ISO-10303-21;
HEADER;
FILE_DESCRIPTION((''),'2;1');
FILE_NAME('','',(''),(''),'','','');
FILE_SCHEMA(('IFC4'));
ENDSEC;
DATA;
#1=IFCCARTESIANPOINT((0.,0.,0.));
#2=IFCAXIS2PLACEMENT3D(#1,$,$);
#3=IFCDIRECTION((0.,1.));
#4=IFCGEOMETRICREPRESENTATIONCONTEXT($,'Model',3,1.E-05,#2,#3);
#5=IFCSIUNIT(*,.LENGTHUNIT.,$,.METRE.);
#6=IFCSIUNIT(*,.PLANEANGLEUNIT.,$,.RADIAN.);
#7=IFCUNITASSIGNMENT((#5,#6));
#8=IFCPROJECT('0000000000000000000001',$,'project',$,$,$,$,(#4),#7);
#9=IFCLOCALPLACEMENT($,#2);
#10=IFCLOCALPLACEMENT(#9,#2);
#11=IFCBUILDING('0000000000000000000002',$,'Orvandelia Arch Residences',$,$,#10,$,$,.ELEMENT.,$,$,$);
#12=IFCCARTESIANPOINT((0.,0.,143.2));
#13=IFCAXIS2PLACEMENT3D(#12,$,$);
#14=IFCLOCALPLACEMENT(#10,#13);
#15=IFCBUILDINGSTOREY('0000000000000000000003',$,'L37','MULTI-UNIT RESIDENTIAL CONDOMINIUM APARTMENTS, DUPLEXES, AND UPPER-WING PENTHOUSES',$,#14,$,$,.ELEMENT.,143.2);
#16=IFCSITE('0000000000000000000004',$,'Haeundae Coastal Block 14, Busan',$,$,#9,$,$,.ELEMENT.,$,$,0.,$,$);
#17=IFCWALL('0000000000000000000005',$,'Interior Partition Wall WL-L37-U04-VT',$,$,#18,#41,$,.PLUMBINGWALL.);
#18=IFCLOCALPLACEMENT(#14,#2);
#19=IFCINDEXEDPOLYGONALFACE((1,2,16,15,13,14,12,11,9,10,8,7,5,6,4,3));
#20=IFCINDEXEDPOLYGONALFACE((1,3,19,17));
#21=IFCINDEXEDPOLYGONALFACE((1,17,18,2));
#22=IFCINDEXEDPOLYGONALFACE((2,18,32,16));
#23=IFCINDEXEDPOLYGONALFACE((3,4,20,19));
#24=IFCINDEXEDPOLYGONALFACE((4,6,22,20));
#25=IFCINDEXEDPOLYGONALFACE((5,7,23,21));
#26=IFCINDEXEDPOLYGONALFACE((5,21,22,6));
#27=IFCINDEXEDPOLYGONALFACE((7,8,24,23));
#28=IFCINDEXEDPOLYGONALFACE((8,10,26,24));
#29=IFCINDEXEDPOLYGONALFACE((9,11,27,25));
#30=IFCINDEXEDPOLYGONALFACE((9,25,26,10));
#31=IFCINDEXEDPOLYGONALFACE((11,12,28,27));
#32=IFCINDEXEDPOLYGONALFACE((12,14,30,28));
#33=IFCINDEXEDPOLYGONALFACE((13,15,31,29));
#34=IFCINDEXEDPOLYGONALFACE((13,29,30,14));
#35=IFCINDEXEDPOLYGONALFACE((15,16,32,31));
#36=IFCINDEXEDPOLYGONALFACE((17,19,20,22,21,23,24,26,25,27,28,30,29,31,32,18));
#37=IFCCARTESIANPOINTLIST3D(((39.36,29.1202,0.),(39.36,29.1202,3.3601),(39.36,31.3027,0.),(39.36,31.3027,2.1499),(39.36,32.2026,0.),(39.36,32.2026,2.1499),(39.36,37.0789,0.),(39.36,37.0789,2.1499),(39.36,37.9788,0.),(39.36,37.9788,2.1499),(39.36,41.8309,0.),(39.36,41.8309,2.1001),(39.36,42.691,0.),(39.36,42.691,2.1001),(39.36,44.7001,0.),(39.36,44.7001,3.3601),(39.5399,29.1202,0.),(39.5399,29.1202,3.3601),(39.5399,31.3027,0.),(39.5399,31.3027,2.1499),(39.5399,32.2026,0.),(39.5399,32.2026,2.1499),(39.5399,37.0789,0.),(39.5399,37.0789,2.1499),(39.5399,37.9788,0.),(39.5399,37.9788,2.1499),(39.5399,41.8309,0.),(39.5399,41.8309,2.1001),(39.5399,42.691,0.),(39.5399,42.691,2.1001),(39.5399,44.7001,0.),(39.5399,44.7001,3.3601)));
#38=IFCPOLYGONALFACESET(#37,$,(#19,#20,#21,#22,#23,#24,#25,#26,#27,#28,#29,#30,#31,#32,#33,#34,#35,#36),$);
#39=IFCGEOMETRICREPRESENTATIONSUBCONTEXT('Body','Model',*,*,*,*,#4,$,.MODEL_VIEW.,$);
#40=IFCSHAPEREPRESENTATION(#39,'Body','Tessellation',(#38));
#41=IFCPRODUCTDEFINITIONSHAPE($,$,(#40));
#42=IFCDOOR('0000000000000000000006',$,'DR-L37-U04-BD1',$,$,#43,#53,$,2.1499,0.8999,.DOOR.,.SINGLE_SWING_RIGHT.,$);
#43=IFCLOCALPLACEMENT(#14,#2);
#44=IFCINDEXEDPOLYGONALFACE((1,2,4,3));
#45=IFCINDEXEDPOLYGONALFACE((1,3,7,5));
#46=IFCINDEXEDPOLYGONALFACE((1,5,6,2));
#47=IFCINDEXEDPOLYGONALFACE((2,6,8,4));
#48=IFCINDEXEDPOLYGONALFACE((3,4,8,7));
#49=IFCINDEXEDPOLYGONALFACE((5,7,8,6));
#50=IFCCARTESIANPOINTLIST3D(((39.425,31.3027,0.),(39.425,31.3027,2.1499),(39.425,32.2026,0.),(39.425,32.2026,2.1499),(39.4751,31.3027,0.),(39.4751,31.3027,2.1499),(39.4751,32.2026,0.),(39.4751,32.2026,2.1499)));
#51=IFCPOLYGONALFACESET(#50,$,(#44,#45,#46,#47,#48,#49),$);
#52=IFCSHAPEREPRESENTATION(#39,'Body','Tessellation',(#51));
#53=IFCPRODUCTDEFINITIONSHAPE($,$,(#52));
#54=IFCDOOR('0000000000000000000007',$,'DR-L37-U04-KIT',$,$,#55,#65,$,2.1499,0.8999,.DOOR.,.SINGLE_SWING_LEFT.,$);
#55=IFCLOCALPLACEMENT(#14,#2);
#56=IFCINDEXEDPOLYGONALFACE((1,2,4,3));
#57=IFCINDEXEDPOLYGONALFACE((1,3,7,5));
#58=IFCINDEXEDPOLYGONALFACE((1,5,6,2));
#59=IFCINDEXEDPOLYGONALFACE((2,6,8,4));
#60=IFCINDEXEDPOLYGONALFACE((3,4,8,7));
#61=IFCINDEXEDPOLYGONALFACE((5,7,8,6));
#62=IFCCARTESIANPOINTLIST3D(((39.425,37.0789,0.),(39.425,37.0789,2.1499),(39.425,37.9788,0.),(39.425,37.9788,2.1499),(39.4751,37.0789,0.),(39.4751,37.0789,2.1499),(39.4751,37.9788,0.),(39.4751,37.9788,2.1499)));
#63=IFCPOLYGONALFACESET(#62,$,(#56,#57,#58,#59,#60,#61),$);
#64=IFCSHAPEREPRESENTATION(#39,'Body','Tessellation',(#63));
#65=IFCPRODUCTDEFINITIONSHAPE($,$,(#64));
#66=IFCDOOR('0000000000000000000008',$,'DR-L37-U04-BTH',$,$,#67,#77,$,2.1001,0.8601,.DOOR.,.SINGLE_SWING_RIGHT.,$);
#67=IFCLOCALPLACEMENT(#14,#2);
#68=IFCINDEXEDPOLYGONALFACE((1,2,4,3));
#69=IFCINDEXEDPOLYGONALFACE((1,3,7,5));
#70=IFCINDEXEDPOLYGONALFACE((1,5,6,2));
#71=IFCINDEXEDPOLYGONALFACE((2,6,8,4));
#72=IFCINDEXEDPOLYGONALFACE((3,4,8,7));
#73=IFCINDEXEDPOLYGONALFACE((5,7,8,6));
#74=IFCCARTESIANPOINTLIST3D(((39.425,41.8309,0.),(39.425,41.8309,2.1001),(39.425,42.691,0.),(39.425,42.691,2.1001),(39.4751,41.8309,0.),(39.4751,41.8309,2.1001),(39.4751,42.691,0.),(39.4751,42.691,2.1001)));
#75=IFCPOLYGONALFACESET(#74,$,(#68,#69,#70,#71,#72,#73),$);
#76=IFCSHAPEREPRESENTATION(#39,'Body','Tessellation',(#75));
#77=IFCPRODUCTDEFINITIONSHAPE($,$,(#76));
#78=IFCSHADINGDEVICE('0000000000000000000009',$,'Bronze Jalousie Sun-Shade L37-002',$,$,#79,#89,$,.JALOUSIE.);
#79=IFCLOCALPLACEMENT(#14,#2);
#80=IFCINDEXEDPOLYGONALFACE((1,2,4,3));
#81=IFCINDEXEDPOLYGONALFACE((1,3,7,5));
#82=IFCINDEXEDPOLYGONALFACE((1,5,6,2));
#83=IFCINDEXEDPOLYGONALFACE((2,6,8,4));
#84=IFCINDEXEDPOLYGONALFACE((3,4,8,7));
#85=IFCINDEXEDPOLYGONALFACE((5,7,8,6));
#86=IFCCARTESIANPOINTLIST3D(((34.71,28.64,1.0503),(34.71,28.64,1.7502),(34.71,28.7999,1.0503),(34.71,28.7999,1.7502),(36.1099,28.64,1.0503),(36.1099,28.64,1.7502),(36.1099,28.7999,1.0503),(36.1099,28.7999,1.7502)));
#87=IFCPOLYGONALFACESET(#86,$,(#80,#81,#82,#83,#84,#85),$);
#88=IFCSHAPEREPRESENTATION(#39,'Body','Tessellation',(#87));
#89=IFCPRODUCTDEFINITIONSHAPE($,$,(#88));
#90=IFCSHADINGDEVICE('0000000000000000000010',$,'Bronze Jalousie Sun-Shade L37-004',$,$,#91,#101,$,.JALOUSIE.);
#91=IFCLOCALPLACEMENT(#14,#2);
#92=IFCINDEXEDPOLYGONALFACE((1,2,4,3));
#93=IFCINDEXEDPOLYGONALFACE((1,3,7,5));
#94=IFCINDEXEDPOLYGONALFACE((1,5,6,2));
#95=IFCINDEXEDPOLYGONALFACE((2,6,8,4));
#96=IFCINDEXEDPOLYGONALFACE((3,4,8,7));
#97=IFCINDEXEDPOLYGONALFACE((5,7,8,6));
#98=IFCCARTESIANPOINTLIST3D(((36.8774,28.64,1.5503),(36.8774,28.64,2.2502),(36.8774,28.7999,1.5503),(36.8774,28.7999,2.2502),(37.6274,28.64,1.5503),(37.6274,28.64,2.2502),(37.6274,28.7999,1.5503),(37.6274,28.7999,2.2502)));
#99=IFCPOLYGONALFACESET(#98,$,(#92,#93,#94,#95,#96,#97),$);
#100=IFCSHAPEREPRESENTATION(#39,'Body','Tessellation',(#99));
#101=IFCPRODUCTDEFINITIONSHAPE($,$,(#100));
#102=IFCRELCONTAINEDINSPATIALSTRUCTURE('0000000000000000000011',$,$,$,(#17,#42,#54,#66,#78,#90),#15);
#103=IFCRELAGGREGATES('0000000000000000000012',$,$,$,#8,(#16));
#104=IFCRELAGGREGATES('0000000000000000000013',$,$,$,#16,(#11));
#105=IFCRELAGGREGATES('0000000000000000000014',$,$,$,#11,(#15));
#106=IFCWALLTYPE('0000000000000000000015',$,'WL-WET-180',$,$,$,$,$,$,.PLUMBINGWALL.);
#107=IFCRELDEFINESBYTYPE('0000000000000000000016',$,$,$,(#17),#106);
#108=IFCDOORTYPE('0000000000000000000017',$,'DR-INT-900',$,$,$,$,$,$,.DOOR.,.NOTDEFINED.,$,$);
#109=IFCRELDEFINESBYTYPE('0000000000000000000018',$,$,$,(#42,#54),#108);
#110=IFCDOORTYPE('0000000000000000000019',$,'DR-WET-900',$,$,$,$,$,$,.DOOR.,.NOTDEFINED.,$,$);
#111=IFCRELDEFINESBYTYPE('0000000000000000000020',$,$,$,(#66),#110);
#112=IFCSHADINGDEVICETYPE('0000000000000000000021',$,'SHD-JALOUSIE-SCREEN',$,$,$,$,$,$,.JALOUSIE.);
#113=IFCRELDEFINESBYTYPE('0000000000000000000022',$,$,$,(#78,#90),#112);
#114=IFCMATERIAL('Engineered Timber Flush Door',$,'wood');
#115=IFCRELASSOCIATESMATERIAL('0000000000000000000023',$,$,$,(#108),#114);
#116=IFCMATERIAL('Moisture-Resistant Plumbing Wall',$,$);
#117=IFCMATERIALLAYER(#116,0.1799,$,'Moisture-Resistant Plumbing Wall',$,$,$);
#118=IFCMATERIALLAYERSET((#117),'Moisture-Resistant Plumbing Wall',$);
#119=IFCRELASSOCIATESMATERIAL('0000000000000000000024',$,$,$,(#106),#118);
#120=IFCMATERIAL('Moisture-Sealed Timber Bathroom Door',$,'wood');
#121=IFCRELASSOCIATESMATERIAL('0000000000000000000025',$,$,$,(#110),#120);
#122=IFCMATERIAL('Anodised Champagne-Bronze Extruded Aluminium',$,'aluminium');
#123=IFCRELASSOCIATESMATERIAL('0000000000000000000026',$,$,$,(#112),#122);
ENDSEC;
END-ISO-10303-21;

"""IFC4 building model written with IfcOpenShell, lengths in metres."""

from ifc_helpers import new_model, si_unit, direction, frame, frame_2d, origin, origin_2d, place, context, subcontext, project, spatial, rectangle, extrude, material, layer, layer_set, type_object, element, fill, save


model = new_model("IFC4")

# Units and contexts
model_context = context("Model", 3, precision=1e-05, world=origin(), true_north=direction((0.0, 1.0)))
body_context = subcontext(model_context, "Body", "Model", "MODEL_VIEW")
ifc_project = project(units=[si_unit("LENGTHUNIT", "METRE"), si_unit("PLANEANGLEUNIT", "RADIAN")], contexts=[model_context])

# Site, building, storey
site_placement = place(None, origin())
site = spatial("IfcSite", under=ifc_project, at=site_placement, Name="Haeundae Coastal Block 14, Busan", CompositionType="ELEMENT", RefElevation=0.0)
building_placement = place(site_placement, origin())
building = spatial("IfcBuilding", under=site, at=building_placement, Name="Orvandelia Arch Residences", CompositionType="ELEMENT")
storey_placement = place(building_placement, frame((0.0, 0.0, 143.2)))
storey = spatial("IfcBuildingStorey", under=building, at=storey_placement, Name="L37", Description="MULTI-UNIT RESIDENTIAL CONDOMINIUM APARTMENTS, DUPLEXES, AND UPPER-WING PENTHOUSES", CompositionType="ELEMENT", Elevation=143.2)

# Wall, openings, doors
ifc_material_1 = material(Name="Engineered Timber Flush Door", Category="wood")
door_type_1 = type_object("IfcDoorType", Name="DR-INT-900", OperationType="NOTDEFINED", PredefinedType="DOOR", material=ifc_material_1)
ifc_material_2 = material(Name="Moisture-Resistant Plumbing Wall")
ifc_layer_1 = layer(ifc_material_2, 0.1799, Name="Moisture-Resistant Plumbing Wall")
ifc_layer_set_1 = layer_set([ifc_layer_1], Name="Moisture-Resistant Plumbing Wall")
wall_type_1 = type_object("IfcWallType", Name="WL-WET-180", PredefinedType="PLUMBINGWALL", material=ifc_layer_set_1)
ifc_material_3 = material(Name="Moisture-Sealed Timber Bathroom Door", Category="wood")
door_type_2 = type_object("IfcDoorType", Name="DR-WET-900", OperationType="NOTDEFINED", PredefinedType="DOOR", material=ifc_material_3)
wall_1_placement = place(storey_placement, frame((39.45, 29.1201, 0.0), z_axis=(0.0, 0.0, 1.0), x_axis=(0.0, 1.0, 0.0)))
wall_1 = element("IfcWall", 1, at=wall_1_placement, inside=storey, type_object=wall_type_1, Name="Interior Partition Wall WL-L37-U04-VT", PredefinedType="PLUMBINGWALL", context=body_context, shape_type="SweptSolid", body=[
    extrude(rectangle(XDim=15.5798, YDim=0.1799, at=frame_2d((7.79, 0.0))), origin(), (0.0, 0.0, 1.0), 3.3601),
])
opening_1_placement = place(wall_1_placement, frame((2.1826, 0.0, 0.0)))
opening_1 = element("IfcOpeningElement", 2, at=opening_1_placement, cuts=wall_1, PredefinedType="OPENING", context=body_context, shape_type="SweptSolid", body=[
    extrude(rectangle(XDim=0.8999, YDim=2.1499, at=frame_2d((0.45, 1.075))), frame((0.0, 0.1001, 0.0), z_axis=(0.0, -1.0, 0.0), x_axis=(1.0, 0.0, 0.0)), (0.0, 0.0, 1.0), 0.2),
])
opening_2_placement = place(wall_1_placement, frame((7.9587, 0.0, 0.0)))
opening_2 = element("IfcOpeningElement", 3, at=opening_2_placement, cuts=wall_1, PredefinedType="OPENING", context=body_context, shape_type="SweptSolid", body=[
    extrude(rectangle(XDim=0.8999, YDim=2.1499, at=frame_2d((0.45, 1.075))), frame((0.0, 0.1001, 0.0), z_axis=(0.0, -1.0, 0.0), x_axis=(1.0, 0.0, 0.0)), (0.0, 0.0, 1.0), 0.2),
])
opening_3_placement = place(wall_1_placement, frame((12.7107, 0.0, 0.0)))
opening_3 = element("IfcOpeningElement", 4, at=opening_3_placement, cuts=wall_1, PredefinedType="OPENING", context=body_context, shape_type="SweptSolid", body=[
    extrude(rectangle(XDim=0.8601, YDim=2.1001, at=frame_2d((0.4302, 1.05))), frame((0.0, 0.1001, 0.0), z_axis=(0.0, -1.0, 0.0), x_axis=(1.0, 0.0, 0.0)), (0.0, 0.0, 1.0), 0.2),
])
door_1_placement = place(opening_1_placement, origin())
door_1 = element("IfcDoor", 5, at=door_1_placement, inside=storey, type_object=door_type_1, Name="DR-L37-U04-BD1", OperationType="SINGLE_SWING_RIGHT", OverallHeight=2.1499, OverallWidth=0.8999, PredefinedType="DOOR", context=body_context, shape_type="SweptSolid", body=[
    extrude(rectangle(XDim=0.8999, YDim=2.1499, at=frame_2d((0.45, 1.075))), frame((0.0, 0.0249, 0.0), z_axis=(0.0, -1.0, 0.0), x_axis=(1.0, 0.0, 0.0)), (0.0, 0.0, 1.0), 0.05),
])
fill(opening_1, door_1)
door_2_placement = place(opening_2_placement, origin())
door_2 = element("IfcDoor", 6, at=door_2_placement, inside=storey, type_object=door_type_1, Name="DR-L37-U04-KIT", OperationType="SINGLE_SWING_LEFT", OverallHeight=2.1499, OverallWidth=0.8999, PredefinedType="DOOR", context=body_context, shape_type="SweptSolid", body=[
    extrude(rectangle(XDim=0.8999, YDim=2.1499, at=frame_2d((0.45, 1.075))), frame((0.0, 0.0249, 0.0), z_axis=(0.0, -1.0, 0.0), x_axis=(1.0, 0.0, 0.0)), (0.0, 0.0, 1.0), 0.05),
])
fill(opening_2, door_2)
door_3_placement = place(opening_3_placement, origin())
door_3 = element("IfcDoor", 7, at=door_3_placement, inside=storey, type_object=door_type_2, Name="DR-L37-U04-BTH", OperationType="SINGLE_SWING_RIGHT", OverallHeight=2.1001, OverallWidth=0.8601, PredefinedType="DOOR", context=body_context, shape_type="SweptSolid", body=[
    extrude(rectangle(XDim=0.8601, YDim=2.1001, at=frame_2d((0.4302, 1.05))), frame((0.0, 0.0249, 0.0), z_axis=(0.0, -1.0, 0.0), x_axis=(1.0, 0.0, 0.0)), (0.0, 0.0, 1.0), 0.05),
])
fill(opening_3, door_3)

# Shading devices
ifc_material_4 = material(Name="Anodised Champagne-Bronze Extruded Aluminium", Category="aluminium")
shading_device_type = type_object("IfcShadingDeviceType", Name="SHD-JALOUSIE-SCREEN", PredefinedType="JALOUSIE", material=ifc_material_4)
shading_device_1_placement = place(storey_placement, frame((35.4099, 28.72, 1.0503), z_axis=(0.0, 0.0, 1.0), x_axis=(-1.0, 0.0, 0.0)))
element("IfcShadingDevice", 8, at=shading_device_1_placement, inside=storey, type_object=shading_device_type, Name="Bronze Jalousie Sun-Shade L37-002", PredefinedType="JALOUSIE", context=body_context, shape_type="SweptSolid", body=[
    extrude(rectangle(XDim=1.3999, YDim=0.1599, at=origin_2d()), origin(), (0.0, 0.0, 1.0), 0.7),
])
shading_device_2_placement = place(storey_placement, frame((37.2524, 28.72, 1.5503), z_axis=(0.0, 0.0, 1.0), x_axis=(-1.0, 0.0, 0.0)))
element("IfcShadingDevice", 9, at=shading_device_2_placement, inside=storey, type_object=shading_device_type, Name="Bronze Jalousie Sun-Shade L37-004", PredefinedType="JALOUSIE", context=body_context, shape_type="SweptSolid", body=[
    extrude(rectangle(XDim=0.75, YDim=0.1599, at=origin_2d()), origin(), (0.0, 0.0, 1.0), 0.7),
])

save(model, "model.ifc")
